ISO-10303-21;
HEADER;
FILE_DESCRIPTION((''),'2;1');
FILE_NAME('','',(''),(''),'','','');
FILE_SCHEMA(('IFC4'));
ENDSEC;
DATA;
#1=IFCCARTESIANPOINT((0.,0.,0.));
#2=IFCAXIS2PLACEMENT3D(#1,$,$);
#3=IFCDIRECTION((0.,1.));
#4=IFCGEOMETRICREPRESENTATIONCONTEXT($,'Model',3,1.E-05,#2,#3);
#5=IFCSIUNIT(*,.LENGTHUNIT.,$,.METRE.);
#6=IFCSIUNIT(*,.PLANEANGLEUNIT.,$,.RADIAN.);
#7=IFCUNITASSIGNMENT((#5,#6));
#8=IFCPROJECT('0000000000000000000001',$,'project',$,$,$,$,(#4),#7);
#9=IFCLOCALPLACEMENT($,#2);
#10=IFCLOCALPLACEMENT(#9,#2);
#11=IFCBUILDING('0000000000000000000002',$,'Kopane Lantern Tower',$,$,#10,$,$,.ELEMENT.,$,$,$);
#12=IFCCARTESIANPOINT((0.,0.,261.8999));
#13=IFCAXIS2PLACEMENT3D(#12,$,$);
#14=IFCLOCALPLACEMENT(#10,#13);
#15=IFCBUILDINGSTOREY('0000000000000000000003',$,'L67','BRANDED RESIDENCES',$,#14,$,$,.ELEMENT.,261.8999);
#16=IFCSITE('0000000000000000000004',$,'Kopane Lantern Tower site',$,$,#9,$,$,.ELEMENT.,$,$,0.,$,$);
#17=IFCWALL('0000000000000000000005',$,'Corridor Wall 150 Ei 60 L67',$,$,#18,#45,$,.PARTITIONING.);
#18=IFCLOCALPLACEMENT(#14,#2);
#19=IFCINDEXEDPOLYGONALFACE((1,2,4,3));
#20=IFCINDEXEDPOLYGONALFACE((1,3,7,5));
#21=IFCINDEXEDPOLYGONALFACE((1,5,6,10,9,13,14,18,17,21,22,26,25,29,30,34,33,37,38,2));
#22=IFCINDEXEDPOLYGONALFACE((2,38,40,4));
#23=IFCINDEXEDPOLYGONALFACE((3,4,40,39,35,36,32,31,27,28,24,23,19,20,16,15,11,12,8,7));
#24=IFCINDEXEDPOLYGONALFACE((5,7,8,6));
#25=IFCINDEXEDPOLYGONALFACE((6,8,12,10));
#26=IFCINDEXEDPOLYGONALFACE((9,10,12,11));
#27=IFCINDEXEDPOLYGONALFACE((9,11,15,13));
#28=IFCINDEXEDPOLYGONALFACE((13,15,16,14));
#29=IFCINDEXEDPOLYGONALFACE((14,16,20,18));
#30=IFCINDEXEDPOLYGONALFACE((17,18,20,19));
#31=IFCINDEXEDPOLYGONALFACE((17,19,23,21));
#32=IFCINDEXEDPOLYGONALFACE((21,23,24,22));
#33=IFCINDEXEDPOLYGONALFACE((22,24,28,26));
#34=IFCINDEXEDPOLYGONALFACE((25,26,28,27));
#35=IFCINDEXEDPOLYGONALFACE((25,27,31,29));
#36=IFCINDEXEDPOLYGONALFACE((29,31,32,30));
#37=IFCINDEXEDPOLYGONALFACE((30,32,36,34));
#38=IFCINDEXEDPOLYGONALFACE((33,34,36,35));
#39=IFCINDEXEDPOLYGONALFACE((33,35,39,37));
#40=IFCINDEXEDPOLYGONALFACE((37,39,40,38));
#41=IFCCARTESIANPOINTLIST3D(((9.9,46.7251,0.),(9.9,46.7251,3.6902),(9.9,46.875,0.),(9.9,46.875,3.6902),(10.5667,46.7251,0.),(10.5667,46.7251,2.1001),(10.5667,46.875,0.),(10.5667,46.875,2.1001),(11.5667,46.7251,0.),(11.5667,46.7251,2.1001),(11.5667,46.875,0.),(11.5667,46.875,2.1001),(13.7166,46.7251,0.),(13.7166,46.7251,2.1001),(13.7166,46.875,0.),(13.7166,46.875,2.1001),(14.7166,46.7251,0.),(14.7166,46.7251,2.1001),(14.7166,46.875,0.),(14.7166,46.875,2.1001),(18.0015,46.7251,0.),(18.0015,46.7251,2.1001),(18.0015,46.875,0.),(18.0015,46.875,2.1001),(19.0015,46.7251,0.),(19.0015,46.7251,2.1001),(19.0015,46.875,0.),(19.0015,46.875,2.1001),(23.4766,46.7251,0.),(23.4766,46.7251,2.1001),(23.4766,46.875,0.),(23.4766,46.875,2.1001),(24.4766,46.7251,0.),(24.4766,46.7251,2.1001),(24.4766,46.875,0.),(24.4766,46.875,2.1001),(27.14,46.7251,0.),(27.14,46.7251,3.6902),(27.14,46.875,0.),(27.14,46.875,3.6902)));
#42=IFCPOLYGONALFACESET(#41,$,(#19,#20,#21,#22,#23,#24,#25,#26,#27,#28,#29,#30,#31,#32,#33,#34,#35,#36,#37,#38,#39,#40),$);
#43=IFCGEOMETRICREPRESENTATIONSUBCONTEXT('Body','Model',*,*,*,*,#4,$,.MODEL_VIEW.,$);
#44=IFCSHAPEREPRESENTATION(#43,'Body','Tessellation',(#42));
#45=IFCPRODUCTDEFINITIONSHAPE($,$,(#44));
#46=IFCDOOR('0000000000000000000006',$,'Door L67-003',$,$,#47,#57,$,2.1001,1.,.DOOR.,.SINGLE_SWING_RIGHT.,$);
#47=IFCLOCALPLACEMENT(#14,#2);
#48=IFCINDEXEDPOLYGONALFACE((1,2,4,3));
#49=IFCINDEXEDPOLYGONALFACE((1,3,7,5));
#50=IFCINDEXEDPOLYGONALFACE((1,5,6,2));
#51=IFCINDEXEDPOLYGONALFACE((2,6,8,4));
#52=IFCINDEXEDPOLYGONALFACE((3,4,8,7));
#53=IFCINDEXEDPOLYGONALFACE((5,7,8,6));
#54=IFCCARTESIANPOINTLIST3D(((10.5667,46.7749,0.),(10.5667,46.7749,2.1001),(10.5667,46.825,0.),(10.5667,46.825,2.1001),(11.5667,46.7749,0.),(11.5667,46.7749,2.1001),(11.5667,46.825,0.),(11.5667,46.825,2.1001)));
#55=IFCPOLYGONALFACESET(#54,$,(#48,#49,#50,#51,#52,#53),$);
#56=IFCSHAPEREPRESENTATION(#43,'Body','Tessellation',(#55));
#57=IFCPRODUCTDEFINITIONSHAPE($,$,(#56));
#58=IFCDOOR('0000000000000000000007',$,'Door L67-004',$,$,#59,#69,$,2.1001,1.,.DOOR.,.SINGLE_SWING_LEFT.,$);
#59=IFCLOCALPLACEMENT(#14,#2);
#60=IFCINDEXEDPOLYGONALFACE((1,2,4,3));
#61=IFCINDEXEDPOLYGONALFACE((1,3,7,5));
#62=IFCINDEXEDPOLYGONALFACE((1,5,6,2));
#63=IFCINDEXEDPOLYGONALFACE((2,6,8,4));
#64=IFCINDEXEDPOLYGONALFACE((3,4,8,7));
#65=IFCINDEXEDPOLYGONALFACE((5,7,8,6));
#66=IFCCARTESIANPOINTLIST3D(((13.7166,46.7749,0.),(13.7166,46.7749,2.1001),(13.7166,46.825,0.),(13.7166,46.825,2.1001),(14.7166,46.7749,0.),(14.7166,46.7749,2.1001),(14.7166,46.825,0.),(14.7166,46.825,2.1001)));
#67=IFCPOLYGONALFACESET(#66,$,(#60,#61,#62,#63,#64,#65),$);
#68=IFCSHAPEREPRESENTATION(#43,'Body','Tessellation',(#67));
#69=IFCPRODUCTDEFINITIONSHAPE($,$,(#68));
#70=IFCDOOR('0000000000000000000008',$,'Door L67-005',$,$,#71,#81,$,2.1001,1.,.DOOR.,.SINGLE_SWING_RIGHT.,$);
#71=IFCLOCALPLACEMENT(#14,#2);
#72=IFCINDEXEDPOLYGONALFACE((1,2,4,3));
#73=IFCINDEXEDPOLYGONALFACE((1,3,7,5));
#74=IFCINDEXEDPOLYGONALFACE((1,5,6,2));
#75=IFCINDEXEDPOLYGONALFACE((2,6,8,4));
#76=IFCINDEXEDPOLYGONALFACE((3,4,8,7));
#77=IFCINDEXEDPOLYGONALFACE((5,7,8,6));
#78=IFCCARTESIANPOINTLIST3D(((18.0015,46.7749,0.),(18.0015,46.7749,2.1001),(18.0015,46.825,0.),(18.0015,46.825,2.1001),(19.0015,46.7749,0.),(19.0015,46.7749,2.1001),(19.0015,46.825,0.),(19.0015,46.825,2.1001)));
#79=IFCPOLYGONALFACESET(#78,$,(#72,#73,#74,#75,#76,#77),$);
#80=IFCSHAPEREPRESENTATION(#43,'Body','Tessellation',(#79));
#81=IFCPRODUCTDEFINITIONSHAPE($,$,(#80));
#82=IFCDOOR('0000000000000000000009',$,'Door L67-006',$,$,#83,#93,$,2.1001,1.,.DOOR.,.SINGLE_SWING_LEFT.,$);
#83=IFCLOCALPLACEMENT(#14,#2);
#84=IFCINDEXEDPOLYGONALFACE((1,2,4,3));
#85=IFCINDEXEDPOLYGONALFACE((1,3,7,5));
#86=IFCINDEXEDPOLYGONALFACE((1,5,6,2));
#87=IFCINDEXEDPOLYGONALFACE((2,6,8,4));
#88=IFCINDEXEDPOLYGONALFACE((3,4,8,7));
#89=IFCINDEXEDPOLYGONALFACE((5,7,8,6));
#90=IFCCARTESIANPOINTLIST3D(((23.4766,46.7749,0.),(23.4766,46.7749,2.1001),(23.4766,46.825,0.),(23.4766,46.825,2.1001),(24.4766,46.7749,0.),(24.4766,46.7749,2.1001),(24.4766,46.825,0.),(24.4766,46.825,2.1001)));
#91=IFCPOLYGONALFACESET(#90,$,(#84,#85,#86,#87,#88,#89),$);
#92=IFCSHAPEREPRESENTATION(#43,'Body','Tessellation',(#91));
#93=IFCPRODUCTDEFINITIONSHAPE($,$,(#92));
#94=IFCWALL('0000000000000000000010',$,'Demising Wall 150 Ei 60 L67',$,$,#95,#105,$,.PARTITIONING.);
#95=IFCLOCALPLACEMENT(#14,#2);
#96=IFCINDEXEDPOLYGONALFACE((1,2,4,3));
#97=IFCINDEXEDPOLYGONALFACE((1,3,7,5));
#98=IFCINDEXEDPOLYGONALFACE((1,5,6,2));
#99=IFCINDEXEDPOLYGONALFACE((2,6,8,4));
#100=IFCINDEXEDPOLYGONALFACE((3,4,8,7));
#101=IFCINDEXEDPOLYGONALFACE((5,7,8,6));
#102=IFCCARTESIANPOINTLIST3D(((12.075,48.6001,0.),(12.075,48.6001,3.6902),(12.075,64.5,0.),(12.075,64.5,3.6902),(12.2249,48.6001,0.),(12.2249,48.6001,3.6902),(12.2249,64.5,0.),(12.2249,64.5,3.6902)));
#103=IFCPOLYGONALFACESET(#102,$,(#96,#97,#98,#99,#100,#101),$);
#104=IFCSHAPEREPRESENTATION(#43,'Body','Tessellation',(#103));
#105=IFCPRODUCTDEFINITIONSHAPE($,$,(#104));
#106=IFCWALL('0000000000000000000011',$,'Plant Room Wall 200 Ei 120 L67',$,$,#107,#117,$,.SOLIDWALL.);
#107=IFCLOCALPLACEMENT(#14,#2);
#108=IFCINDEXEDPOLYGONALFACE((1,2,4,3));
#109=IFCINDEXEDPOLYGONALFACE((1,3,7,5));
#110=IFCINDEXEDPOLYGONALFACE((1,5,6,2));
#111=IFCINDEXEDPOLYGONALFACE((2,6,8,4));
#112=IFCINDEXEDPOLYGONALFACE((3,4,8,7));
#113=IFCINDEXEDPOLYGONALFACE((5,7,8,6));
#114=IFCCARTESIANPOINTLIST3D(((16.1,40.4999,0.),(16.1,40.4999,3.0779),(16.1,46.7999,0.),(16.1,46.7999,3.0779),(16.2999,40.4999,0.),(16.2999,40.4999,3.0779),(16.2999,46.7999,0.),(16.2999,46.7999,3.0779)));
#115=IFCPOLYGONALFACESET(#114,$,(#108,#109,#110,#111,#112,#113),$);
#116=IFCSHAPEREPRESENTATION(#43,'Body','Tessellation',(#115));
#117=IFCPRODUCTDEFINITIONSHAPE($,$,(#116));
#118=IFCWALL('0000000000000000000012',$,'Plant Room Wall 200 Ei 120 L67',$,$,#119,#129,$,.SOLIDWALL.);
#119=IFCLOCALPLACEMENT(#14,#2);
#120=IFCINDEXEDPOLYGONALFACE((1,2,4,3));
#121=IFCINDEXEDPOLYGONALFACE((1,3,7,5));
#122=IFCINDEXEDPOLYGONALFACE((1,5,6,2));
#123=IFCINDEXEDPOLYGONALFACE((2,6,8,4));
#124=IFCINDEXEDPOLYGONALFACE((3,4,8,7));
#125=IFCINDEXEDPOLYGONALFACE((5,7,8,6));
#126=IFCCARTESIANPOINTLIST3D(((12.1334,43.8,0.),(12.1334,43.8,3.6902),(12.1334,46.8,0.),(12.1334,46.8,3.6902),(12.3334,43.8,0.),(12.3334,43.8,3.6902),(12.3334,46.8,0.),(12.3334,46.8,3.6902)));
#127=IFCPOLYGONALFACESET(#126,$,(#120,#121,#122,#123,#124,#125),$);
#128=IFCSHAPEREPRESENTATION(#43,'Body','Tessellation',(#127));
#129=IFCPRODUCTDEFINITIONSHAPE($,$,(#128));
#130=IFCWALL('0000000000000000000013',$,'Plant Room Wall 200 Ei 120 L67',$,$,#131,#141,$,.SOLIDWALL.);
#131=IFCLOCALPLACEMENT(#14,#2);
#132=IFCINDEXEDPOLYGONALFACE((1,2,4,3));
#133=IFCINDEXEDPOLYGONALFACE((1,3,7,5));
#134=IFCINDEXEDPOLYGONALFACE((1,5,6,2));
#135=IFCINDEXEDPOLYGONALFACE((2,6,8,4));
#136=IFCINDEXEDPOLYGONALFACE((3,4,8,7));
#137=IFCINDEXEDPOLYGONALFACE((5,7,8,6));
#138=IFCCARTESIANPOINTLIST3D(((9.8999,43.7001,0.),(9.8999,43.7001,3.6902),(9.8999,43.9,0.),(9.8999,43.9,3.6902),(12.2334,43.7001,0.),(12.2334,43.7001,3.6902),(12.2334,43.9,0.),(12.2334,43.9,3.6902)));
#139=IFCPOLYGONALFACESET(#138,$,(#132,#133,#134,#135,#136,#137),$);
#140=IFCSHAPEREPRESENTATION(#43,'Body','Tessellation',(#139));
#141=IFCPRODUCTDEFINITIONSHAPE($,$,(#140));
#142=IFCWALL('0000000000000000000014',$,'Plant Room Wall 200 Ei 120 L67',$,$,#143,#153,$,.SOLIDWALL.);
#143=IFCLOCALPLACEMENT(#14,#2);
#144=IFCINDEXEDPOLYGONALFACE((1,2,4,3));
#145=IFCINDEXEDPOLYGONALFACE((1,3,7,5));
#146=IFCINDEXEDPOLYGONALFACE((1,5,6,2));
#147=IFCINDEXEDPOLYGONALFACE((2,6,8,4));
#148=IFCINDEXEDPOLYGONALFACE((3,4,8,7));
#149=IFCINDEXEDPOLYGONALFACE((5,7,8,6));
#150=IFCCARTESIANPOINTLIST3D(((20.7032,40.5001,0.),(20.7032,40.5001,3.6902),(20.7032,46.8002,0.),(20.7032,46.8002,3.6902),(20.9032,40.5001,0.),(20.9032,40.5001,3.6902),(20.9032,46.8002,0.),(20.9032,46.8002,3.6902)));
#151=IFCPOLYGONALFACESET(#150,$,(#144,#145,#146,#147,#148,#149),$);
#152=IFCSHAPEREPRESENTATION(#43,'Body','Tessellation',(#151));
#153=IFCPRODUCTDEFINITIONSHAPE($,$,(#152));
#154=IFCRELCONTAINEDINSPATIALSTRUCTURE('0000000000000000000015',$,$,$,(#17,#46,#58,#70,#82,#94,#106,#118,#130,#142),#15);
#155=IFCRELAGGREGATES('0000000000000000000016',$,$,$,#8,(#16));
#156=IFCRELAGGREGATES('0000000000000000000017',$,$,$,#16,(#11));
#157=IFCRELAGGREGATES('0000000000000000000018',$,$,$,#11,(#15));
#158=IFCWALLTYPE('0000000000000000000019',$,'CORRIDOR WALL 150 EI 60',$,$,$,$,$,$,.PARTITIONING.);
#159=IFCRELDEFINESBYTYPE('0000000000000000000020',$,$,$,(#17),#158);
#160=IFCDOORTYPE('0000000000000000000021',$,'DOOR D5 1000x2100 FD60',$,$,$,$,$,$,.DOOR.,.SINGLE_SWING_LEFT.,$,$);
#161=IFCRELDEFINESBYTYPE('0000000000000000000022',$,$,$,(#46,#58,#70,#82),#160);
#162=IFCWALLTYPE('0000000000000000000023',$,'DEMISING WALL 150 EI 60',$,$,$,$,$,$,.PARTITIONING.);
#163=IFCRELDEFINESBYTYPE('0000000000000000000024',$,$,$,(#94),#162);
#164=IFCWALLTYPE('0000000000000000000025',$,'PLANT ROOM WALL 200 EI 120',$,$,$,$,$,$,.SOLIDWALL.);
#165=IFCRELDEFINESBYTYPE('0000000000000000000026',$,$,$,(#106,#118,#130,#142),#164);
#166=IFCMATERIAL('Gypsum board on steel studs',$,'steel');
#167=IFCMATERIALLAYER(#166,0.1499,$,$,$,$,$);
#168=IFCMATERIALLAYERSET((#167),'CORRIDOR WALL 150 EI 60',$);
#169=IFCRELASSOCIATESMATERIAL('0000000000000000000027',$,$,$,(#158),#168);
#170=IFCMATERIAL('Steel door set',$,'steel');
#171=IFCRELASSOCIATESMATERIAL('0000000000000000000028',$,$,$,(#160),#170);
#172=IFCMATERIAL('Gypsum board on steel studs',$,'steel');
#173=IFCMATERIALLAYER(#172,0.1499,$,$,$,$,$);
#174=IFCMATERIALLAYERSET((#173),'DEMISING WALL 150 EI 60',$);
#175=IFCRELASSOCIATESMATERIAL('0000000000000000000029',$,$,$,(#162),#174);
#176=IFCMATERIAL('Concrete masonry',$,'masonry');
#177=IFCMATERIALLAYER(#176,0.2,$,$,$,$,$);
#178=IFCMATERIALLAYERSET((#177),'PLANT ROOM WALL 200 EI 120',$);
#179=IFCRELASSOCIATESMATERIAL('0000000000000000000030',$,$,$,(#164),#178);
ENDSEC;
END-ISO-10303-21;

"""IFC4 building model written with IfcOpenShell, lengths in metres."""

from ifc_helpers import new_model, si_unit, direction, frame, frame_2d, origin, place, context, subcontext, project, spatial, rectangle, extrude, material, layer, layer_set, type_object, element, fill, save


model = new_model("IFC4")

# Units and contexts
model_context = context("Model", 3, precision=1e-05, world=origin(), true_north=direction((0.0, 1.0)))
body_context = subcontext(model_context, "Body", "Model", "MODEL_VIEW")
ifc_project = project(units=[si_unit("LENGTHUNIT", "METRE"), si_unit("PLANEANGLEUNIT", "RADIAN")], contexts=[model_context])

# Site, building, storey
site_placement = place(None, origin())
site = spatial("IfcSite", under=ifc_project, at=site_placement, Name="Kopane Lantern Tower site", CompositionType="ELEMENT", RefElevation=0.0)
building_placement = place(site_placement, origin())
building = spatial("IfcBuilding", under=site, at=building_placement, Name="Kopane Lantern Tower", CompositionType="ELEMENT")
storey_placement = place(building_placement, frame((0.0, 0.0, 261.8999)))
storey = spatial("IfcBuildingStorey", under=building, at=storey_placement, Name="L67", Description="BRANDED RESIDENCES", CompositionType="ELEMENT", Elevation=261.8999)

# Wall, openings, doors
ifc_material_1 = material(Name="Gypsum board on steel studs", Category="steel")
ifc_layer_1 = layer(ifc_material_1, 0.1499)
ifc_layer_set_1 = layer_set([ifc_layer_1], Name="CORRIDOR WALL 150 EI 60")
wall_type_1 = type_object("IfcWallType", Name="CORRIDOR WALL 150 EI 60", PredefinedType="PARTITIONING", material=ifc_layer_set_1)
wall_1_placement = place(storey_placement, frame((9.8999, 46.8, 0.0), z_axis=(0.0, 0.0, 1.0), x_axis=(1.0, 0.0, 0.0)))
wall_1 = element("IfcWall", 1, at=wall_1_placement, inside=storey, type_object=wall_type_1, Name="Corridor Wall 150 Ei 60 L67", PredefinedType="PARTITIONING", context=body_context, shape_type="SweptSolid", body=[
    extrude(rectangle(XDim=17.24, YDim=0.1499, at=frame_2d((8.6201, 0.0))), origin(), (0.0, 0.0, 1.0), 3.6902),
])
opening_1_placement = place(wall_1_placement, frame((0.6667, 0.0, 0.0)))
opening_1 = element("IfcOpeningElement", 2, at=opening_1_placement, cuts=wall_1, PredefinedType="OPENING", context=body_context, shape_type="SweptSolid", body=[
    extrude(rectangle(XDim=1.0, YDim=2.1001, at=frame_2d((0.5, 1.05))), frame((0.0, 0.085, 0.0), z_axis=(0.0, -1.0, 0.0), x_axis=(1.0, 0.0, 0.0)), (0.0, 0.0, 1.0), 0.1699),
])
opening_2_placement = place(wall_1_placement, frame((3.8167, 0.0, 0.0)))
opening_2 = element("IfcOpeningElement", 3, at=opening_2_placement, cuts=wall_1, PredefinedType="OPENING", context=body_context, shape_type="SweptSolid", body=[
    extrude(rectangle(XDim=1.0, YDim=2.1001, at=frame_2d((0.5, 1.05))), frame((0.0, 0.085, 0.0), z_axis=(0.0, -1.0, 0.0), x_axis=(1.0, 0.0, 0.0)), (0.0, 0.0, 1.0), 0.1699),
])
opening_3_placement = place(wall_1_placement, frame((8.1016, 0.0, 0.0)))
opening_3 = element("IfcOpeningElement", 4, at=opening_3_placement, cuts=wall_1, PredefinedType="OPENING", context=body_context, shape_type="SweptSolid", body=[
    extrude(rectangle(XDim=1.0, YDim=2.1001, at=frame_2d((0.5, 1.05))), frame((0.0, 0.085, 0.0), z_axis=(0.0, -1.0, 0.0), x_axis=(1.0, 0.0, 0.0)), (0.0, 0.0, 1.0), 0.1699),
])
opening_4_placement = place(wall_1_placement, frame((13.5767, 0.0, 0.0)))
opening_4 = element("IfcOpeningElement", 5, at=opening_4_placement, cuts=wall_1, PredefinedType="OPENING", context=body_context, shape_type="SweptSolid", body=[
    extrude(rectangle(XDim=1.0, YDim=2.1001, at=frame_2d((0.5, 1.05))), frame((0.0, 0.085, 0.0), z_axis=(0.0, -1.0, 0.0), x_axis=(1.0, 0.0, 0.0)), (0.0, 0.0, 1.0), 0.1699),
])
ifc_material_2 = material(Name="Steel door set", Category="steel")
door_type_1 = type_object("IfcDoorType", Name="DOOR D5 1000x2100 FD60", OperationType="SINGLE_SWING_LEFT", PredefinedType="DOOR", material=ifc_material_2)
door_1_placement = place(opening_1_placement, origin())
door_1 = element("IfcDoor", 6, at=door_1_placement, inside=storey, type_object=door_type_1, Name="Door L67-003", OperationType="SINGLE_SWING_RIGHT", OverallHeight=2.1001, OverallWidth=1.0, PredefinedType="DOOR", context=body_context, shape_type="SweptSolid", body=[
    extrude(rectangle(XDim=1.0, YDim=2.1001, at=frame_2d((0.5, 1.05))), frame((0.0, 0.0249, 0.0), z_axis=(0.0, -1.0, 0.0), x_axis=(1.0, 0.0, 0.0)), (0.0, 0.0, 1.0), 0.05),
])
fill(opening_1, door_1)
door_2_placement = place(opening_2_placement, origin())
door_2 = element("IfcDoor", 7, at=door_2_placement, inside=storey, type_object=door_type_1, Name="Door L67-004", OperationType="SINGLE_SWING_LEFT", OverallHeight=2.1001, OverallWidth=1.0, PredefinedType="DOOR", context=body_context, shape_type="SweptSolid", body=[
    extrude(rectangle(XDim=1.0, YDim=2.1001, at=frame_2d((0.5, 1.05))), frame((0.0, 0.0249, 0.0), z_axis=(0.0, -1.0, 0.0), x_axis=(1.0, 0.0, 0.0)), (0.0, 0.0, 1.0), 0.05),
])
fill(opening_2, door_2)
door_3_placement = place(opening_3_placement, origin())
door_3 = element("IfcDoor", 8, at=door_3_placement, inside=storey, type_object=door_type_1, Name="Door L67-005", OperationType="SINGLE_SWING_RIGHT", OverallHeight=2.1001, OverallWidth=1.0, PredefinedType="DOOR", context=body_context, shape_type="SweptSolid", body=[
    extrude(rectangle(XDim=1.0, YDim=2.1001, at=frame_2d((0.5, 1.05))), frame((0.0, 0.0249, 0.0), z_axis=(0.0, -1.0, 0.0), x_axis=(1.0, 0.0, 0.0)), (0.0, 0.0, 1.0), 0.05),
])
fill(opening_3, door_3)
door_4_placement = place(opening_4_placement, origin())
door_4 = element("IfcDoor", 9, at=door_4_placement, inside=storey, type_object=door_type_1, Name="Door L67-006", OperationType="SINGLE_SWING_LEFT", OverallHeight=2.1001, OverallWidth=1.0, PredefinedType="DOOR", context=body_context, shape_type="SweptSolid", body=[
    extrude(rectangle(XDim=1.0, YDim=2.1001, at=frame_2d((0.5, 1.05))), frame((0.0, 0.0249, 0.0), z_axis=(0.0, -1.0, 0.0), x_axis=(1.0, 0.0, 0.0)), (0.0, 0.0, 1.0), 0.05),
])
fill(opening_4, door_4)

# Walls
ifc_material_3 = material(Name="Gypsum board on steel studs", Category="steel")
ifc_layer_2 = layer(ifc_material_3, 0.1499)
ifc_layer_set_2 = layer_set([ifc_layer_2], Name="DEMISING WALL 150 EI 60")
wall_type_2 = type_object("IfcWallType", Name="DEMISING WALL 150 EI 60", PredefinedType="PARTITIONING", material=ifc_layer_set_2)
wall_2_placement = place(storey_placement, frame((12.1499, 48.6001, 0.0), z_axis=(0.0, 0.0, 1.0), x_axis=(0.0, 1.0, 0.0)))
element("IfcWall", 10, at=wall_2_placement, inside=storey, type_object=wall_type_2, Name="Demising Wall 150 Ei 60 L67", PredefinedType="PARTITIONING", context=body_context, shape_type="SweptSolid", body=[
    extrude(rectangle(XDim=15.8999, YDim=0.1499, at=frame_2d((7.95, 0.0))), origin(), (0.0, 0.0, 1.0), 3.6902),
])
ifc_material_4 = material(Name="Concrete masonry", Category="masonry")
ifc_layer_3 = layer(ifc_material_4, 0.2)
ifc_layer_set_3 = layer_set([ifc_layer_3], Name="PLANT ROOM WALL 200 EI 120")
wall_type_3 = type_object("IfcWallType", Name="PLANT ROOM WALL 200 EI 120", PredefinedType="SOLIDWALL", material=ifc_layer_set_3)
wall_3_placement = place(storey_placement, frame((16.2, 40.5, 0.0), z_axis=(0.0, 0.0, 1.0), x_axis=(0.0, 1.0, 0.0)))
element("IfcWall", 11, at=wall_3_placement, inside=storey, type_object=wall_type_3, Name="Plant Room Wall 200 Ei 120 L67", PredefinedType="SOLIDWALL", context=body_context, shape_type="SweptSolid", body=[
    extrude(rectangle(XDim=6.3, YDim=0.2, at=frame_2d((3.1499, 0.0))), origin(), (0.0, 0.0, 1.0), 3.0779),
])
wall_4_placement = place(storey_placement, frame((12.2334, 46.8, 0.0), z_axis=(0.0, 0.0, 1.0), x_axis=(0.0, -1.0, 0.0)))
element("IfcWall", 12, at=wall_4_placement, inside=storey, type_object=wall_type_3, Name="Plant Room Wall 200 Ei 120 L67", PredefinedType="SOLIDWALL", context=body_context, shape_type="SweptSolid", body=[
    extrude(rectangle(XDim=3.0, YDim=0.2, at=frame_2d((1.5, 0.0))), origin(), (0.0, 0.0, 1.0), 3.6902),
])
wall_5_placement = place(storey_placement, frame((9.8999, 43.8, 0.0), z_axis=(0.0, 0.0, 1.0), x_axis=(1.0, 0.0, 0.0)))
element("IfcWall", 13, at=wall_5_placement, inside=storey, type_object=wall_type_3, Name="Plant Room Wall 200 Ei 120 L67", PredefinedType="SOLIDWALL", context=body_context, shape_type="SweptSolid", body=[
    extrude(rectangle(XDim=2.3335, YDim=0.2, at=frame_2d((1.1667, 0.0))), origin(), (0.0, 0.0, 1.0), 3.6902),
])
wall_6_placement = place(storey_placement, frame((20.8032, 46.8, 0.0), z_axis=(0.0, 0.0, 1.0), x_axis=(0.0, -1.0, 0.0)))
element("IfcWall", 14, at=wall_6_placement, inside=storey, type_object=wall_type_3, Name="Plant Room Wall 200 Ei 120 L67", PredefinedType="SOLIDWALL", context=body_context, shape_type="SweptSolid", body=[
    extrude(rectangle(XDim=6.3, YDim=0.2, at=frame_2d((3.1499, 0.0))), origin(), (0.0, 0.0, 1.0), 3.6902),
])

save(model, "model.ifc")
